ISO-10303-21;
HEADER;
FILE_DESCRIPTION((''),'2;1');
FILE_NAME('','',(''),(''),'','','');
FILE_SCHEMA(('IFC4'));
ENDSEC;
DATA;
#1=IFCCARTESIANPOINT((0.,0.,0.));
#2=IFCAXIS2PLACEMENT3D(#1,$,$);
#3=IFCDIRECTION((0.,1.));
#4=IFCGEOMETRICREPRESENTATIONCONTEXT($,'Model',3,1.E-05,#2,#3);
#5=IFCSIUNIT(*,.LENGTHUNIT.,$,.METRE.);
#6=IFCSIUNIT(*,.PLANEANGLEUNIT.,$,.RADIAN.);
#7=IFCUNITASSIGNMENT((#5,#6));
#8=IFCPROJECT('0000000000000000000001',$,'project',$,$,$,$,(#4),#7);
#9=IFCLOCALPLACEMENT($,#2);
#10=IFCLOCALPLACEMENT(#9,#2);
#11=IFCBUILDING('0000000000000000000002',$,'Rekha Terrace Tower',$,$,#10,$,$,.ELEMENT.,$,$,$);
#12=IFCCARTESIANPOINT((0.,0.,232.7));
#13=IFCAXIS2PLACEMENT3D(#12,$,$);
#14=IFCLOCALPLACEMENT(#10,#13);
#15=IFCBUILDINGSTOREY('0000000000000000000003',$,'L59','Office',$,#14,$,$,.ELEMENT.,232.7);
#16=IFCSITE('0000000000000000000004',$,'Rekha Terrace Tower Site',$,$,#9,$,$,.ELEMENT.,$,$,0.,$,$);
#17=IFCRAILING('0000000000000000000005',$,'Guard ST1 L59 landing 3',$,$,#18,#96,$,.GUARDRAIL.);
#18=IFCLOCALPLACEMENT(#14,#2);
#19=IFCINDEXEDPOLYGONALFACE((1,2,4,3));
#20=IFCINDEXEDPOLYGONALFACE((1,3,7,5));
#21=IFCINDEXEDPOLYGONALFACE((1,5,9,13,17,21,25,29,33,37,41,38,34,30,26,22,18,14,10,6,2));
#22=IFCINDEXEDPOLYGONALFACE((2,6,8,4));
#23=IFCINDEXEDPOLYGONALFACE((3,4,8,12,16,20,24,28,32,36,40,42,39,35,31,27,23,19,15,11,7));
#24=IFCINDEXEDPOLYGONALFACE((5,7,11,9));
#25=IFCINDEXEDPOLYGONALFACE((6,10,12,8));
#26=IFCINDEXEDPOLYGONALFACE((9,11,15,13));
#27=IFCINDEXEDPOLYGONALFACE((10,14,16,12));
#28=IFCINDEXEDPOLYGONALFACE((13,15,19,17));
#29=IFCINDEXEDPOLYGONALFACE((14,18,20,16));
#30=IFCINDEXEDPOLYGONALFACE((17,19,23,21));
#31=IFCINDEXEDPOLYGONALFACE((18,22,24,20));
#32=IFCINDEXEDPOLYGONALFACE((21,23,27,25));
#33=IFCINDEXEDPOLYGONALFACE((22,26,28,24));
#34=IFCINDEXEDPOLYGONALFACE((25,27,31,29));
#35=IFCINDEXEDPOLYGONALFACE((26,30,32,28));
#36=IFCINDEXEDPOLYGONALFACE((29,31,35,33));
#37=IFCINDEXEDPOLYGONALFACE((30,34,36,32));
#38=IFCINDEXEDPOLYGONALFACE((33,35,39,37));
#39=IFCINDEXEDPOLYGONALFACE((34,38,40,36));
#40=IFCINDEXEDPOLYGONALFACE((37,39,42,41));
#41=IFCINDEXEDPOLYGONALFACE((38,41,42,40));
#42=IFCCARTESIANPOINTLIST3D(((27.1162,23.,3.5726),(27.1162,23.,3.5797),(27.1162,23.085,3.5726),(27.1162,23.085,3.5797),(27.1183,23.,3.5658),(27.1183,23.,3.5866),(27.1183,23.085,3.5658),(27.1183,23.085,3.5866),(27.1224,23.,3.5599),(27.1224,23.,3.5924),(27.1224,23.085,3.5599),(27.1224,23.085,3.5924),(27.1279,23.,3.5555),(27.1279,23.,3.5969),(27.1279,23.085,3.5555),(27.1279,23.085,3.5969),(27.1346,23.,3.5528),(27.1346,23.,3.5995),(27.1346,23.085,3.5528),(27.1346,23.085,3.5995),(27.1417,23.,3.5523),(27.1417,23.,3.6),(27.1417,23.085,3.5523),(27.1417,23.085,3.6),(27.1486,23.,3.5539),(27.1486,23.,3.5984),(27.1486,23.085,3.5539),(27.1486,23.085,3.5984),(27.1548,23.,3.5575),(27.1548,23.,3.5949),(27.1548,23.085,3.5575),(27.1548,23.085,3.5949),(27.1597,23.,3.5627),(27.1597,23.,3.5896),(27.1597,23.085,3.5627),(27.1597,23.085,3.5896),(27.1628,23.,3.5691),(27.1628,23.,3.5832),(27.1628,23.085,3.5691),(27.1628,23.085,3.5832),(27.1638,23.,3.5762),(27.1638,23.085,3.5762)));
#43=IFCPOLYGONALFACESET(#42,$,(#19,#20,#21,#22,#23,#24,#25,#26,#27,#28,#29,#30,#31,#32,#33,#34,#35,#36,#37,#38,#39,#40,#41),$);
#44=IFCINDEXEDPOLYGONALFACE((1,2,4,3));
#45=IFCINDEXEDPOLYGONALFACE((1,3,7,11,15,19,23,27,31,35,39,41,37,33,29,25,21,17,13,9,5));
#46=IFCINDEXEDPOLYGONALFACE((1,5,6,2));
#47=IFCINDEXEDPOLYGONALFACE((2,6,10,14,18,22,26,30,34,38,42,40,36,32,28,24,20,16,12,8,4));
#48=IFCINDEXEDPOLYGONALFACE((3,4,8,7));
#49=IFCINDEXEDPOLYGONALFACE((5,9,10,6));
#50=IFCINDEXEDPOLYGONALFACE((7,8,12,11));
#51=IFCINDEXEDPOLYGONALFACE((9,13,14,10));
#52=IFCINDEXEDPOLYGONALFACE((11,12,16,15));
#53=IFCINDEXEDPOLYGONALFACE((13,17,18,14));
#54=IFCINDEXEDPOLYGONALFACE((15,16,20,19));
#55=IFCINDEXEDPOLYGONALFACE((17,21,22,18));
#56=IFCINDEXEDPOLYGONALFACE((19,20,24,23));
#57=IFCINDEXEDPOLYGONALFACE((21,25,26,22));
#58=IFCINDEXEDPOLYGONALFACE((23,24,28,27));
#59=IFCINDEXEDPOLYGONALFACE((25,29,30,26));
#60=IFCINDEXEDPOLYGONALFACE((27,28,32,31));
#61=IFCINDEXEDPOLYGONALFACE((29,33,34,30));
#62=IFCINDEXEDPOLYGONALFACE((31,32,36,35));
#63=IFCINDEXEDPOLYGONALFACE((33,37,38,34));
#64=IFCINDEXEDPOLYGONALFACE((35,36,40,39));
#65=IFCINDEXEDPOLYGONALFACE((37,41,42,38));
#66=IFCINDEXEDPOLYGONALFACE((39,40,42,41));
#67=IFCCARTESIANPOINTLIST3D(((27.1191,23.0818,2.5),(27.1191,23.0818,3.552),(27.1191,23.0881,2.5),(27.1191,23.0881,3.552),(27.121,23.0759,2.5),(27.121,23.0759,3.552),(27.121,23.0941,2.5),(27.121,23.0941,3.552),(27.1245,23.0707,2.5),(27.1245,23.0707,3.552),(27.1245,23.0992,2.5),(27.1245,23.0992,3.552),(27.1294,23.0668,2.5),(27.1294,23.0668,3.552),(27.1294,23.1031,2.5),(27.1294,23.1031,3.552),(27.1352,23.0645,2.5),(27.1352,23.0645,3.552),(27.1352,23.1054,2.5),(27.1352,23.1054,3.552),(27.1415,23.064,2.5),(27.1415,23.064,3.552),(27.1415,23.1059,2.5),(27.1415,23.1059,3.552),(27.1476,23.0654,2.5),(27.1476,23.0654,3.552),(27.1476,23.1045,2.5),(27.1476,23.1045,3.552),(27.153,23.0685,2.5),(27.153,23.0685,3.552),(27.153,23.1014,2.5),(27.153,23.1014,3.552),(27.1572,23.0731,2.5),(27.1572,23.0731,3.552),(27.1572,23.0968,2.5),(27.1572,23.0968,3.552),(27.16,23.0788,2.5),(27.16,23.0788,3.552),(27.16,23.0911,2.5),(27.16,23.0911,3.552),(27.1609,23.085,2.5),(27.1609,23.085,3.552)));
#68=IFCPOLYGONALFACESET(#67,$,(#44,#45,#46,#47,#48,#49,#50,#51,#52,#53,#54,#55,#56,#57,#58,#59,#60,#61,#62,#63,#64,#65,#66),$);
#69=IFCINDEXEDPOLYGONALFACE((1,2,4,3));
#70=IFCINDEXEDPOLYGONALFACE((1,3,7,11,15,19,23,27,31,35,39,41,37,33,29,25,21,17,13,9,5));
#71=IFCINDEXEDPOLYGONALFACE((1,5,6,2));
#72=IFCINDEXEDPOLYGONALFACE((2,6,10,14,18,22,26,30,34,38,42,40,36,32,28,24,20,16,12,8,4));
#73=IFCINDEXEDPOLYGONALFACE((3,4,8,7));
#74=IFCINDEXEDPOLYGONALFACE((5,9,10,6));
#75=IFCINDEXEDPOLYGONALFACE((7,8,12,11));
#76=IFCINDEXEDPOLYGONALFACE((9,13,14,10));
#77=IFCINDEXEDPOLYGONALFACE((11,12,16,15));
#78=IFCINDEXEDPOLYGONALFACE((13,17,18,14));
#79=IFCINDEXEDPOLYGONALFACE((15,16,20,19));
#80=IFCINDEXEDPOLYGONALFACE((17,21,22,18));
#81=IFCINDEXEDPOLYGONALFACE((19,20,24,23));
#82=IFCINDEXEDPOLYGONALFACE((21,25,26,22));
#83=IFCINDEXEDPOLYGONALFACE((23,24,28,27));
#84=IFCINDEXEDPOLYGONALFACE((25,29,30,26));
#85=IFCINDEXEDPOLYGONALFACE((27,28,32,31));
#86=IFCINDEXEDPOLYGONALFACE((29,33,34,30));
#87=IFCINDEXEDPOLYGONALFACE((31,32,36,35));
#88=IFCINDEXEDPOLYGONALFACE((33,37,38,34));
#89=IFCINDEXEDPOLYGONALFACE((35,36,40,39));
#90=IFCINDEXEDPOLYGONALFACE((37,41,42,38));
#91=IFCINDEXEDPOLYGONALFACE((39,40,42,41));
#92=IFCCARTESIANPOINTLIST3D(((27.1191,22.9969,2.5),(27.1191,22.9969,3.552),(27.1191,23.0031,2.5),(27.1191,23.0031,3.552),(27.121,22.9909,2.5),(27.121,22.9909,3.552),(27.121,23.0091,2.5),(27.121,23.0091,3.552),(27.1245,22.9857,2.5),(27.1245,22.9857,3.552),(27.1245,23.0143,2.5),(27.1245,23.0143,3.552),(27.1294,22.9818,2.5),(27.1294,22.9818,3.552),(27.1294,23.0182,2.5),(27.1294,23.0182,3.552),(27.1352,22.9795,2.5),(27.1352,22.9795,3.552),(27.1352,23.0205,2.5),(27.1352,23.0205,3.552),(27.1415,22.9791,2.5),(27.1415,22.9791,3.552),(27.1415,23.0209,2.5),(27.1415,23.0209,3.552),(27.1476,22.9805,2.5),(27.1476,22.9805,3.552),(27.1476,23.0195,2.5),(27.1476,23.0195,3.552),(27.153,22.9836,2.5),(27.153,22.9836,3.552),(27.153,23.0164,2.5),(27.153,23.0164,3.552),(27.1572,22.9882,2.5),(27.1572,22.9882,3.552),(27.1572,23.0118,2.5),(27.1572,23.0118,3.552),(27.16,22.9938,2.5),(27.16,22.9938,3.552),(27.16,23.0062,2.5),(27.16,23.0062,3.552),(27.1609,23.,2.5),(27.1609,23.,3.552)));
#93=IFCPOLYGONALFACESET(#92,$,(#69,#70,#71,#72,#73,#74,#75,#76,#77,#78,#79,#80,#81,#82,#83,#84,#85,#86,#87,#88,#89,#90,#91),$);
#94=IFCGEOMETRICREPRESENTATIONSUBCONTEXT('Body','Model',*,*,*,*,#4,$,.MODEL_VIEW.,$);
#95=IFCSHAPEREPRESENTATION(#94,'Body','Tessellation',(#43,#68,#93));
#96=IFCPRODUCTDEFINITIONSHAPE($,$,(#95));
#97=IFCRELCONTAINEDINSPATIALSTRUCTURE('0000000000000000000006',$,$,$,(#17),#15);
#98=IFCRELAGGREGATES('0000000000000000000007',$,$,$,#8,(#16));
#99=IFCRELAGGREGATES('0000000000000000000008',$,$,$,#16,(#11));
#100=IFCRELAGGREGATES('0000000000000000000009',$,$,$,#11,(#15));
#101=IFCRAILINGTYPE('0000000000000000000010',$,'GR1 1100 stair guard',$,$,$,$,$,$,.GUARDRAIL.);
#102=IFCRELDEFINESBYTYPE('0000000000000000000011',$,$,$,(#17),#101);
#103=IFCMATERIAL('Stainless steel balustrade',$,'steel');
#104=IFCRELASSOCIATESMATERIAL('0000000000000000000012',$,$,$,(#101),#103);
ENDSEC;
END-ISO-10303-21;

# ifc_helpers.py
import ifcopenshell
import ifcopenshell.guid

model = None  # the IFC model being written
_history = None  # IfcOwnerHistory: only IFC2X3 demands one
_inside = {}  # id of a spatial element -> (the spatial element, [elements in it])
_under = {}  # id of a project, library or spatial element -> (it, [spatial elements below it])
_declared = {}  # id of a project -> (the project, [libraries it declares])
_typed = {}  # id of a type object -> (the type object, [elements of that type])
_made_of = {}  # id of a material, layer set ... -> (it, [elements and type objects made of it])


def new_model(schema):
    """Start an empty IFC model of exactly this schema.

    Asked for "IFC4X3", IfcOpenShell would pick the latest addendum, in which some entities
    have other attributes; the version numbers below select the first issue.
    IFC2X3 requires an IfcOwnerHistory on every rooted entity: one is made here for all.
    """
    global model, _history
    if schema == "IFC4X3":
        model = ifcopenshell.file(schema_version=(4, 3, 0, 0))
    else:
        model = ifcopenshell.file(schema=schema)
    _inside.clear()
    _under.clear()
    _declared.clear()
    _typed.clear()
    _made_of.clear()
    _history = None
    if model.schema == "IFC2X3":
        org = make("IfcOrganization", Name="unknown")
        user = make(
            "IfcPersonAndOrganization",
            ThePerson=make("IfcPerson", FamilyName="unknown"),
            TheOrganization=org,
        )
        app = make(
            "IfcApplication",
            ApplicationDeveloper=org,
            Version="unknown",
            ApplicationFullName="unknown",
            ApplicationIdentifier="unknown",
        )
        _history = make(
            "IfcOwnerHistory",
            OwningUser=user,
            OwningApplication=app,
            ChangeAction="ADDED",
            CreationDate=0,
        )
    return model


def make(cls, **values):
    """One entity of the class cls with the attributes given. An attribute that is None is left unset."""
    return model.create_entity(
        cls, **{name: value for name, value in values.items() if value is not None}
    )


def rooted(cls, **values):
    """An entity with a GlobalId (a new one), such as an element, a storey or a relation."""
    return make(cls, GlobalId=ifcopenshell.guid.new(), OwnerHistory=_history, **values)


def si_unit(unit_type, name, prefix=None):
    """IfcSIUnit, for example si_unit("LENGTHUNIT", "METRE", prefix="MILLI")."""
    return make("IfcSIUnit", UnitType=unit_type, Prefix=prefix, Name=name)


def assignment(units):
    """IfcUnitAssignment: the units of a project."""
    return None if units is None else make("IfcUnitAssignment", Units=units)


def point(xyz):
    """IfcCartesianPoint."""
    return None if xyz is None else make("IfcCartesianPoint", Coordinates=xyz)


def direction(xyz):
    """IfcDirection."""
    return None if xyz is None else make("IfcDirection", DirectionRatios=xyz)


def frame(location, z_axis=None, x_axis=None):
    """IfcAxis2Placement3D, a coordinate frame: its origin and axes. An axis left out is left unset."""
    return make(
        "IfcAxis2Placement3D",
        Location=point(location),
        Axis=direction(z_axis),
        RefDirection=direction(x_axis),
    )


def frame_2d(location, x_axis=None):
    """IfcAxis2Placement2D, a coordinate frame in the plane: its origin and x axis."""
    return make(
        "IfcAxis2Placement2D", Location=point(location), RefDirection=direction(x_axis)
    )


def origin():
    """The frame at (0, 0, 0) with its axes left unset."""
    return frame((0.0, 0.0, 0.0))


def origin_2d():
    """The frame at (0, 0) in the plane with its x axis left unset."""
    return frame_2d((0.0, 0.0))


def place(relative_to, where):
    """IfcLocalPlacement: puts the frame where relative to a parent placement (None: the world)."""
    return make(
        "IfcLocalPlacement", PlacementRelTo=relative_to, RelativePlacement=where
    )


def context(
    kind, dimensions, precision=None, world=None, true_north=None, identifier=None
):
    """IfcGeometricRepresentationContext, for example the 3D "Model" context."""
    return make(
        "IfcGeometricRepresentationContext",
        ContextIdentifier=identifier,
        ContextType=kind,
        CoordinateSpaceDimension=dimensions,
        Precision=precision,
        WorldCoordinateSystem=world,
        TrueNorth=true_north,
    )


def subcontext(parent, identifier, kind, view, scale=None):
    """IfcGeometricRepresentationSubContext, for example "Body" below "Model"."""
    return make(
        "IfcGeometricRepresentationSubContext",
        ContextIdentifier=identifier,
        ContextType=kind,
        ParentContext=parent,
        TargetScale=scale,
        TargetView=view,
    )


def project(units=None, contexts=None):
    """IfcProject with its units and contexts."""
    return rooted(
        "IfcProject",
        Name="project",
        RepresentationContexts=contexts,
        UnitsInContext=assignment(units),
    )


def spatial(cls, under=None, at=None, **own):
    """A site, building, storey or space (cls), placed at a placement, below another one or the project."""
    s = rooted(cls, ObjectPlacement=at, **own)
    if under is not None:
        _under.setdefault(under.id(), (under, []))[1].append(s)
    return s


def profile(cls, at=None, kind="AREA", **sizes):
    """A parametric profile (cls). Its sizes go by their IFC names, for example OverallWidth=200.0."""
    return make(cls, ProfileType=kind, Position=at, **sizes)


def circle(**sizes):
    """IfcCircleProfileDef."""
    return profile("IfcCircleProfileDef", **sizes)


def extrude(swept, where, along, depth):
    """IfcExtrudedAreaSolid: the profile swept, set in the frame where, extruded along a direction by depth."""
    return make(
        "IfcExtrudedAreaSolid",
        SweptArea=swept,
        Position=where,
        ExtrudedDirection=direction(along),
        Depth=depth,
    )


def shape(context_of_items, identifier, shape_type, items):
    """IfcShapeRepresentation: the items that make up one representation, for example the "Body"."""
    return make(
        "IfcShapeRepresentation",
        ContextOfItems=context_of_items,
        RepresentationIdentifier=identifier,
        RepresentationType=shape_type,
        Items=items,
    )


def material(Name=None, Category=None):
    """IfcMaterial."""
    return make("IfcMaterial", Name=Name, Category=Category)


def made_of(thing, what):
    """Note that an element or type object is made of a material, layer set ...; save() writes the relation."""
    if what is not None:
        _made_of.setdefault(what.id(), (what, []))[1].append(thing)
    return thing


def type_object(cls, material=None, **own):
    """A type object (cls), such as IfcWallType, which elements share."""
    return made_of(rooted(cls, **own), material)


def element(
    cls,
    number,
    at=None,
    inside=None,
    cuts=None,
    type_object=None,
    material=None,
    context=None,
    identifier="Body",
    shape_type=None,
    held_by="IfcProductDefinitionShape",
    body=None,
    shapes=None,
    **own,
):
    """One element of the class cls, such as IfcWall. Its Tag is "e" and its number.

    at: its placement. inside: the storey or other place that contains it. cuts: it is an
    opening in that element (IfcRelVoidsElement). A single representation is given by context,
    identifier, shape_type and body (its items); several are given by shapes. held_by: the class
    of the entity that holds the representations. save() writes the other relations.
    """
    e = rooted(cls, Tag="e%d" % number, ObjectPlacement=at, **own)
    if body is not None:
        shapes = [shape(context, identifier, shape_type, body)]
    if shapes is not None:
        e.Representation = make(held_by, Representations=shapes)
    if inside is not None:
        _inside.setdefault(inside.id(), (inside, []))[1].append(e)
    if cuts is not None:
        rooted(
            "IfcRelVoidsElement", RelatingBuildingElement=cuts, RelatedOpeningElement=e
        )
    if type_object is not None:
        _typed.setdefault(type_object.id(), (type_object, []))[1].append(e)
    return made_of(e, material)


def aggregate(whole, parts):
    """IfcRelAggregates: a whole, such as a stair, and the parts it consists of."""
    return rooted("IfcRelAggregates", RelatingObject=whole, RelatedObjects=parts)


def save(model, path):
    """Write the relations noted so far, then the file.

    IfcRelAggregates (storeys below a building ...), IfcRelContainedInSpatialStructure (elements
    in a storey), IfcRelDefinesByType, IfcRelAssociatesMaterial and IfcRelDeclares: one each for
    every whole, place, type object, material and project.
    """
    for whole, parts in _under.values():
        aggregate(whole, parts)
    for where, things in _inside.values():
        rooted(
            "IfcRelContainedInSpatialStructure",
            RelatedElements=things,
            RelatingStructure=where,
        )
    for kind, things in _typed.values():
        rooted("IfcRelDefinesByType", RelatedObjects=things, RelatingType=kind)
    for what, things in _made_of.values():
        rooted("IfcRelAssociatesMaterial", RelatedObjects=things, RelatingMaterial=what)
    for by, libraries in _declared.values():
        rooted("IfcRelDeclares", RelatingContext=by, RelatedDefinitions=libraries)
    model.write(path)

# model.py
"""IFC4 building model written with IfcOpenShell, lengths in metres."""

from ifc_helpers import new_model, si_unit, direction, frame, origin, origin_2d, place, context, subcontext, project, spatial, circle, extrude, material, type_object, element, save


model = new_model("IFC4")

# Units and contexts
model_context = context("Model", 3, precision=1e-05, world=origin(), true_north=direction((0.0, 1.0)))
body_context = subcontext(model_context, "Body", "Model", "MODEL_VIEW")
ifc_project = project(units=[si_unit("LENGTHUNIT", "METRE"), si_unit("PLANEANGLEUNIT", "RADIAN")], contexts=[model_context])

# Site, building, storey
site_placement = place(None, origin())
site = spatial("IfcSite", under=ifc_project, at=site_placement, Name="Rekha Terrace Tower Site", CompositionType="ELEMENT", RefElevation=0.0)
building_placement = place(site_placement, origin())
building = spatial("IfcBuilding", under=site, at=building_placement, Name="Rekha Terrace Tower", CompositionType="ELEMENT")
storey_placement = place(building_placement, frame((0.0, 0.0, 232.7)))
storey = spatial("IfcBuildingStorey", under=building, at=storey_placement, Name="L59", Description="Office", CompositionType="ELEMENT", Elevation=232.7)

# Railing
ifc_material_1 = material(Name="Stainless steel balustrade", Category="steel")
railing_type_1 = type_object("IfcRailingType", Name="GR1 1100 stair guard", PredefinedType="GUARDRAIL", material=ifc_material_1)
railing_1_placement = place(storey_placement, frame((27.1399, 23.085, 2.5)))
element("IfcRailing", 1, at=railing_1_placement, inside=storey, type_object=railing_type_1, Name="Guard ST1 L59 landing 3", PredefinedType="GUARDRAIL", context=body_context, shape_type="SweptSolid", body=[
    extrude(circle(Radius=0.0239, at=origin_2d()), frame((0.0, 0.0, 1.0762), z_axis=(0.0, -1.0, 0.0), x_axis=(1.0, 0.0, 0.0)), (0.0, 0.0, 1.0), 0.085),
    extrude(circle(Radius=0.021, at=origin_2d()), origin(), (0.0, 0.0, 1.0), 1.052),
    extrude(circle(Radius=0.021, at=origin_2d()), frame((0.0, -0.085, 0.0)), (0.0, 0.0, 1.0), 1.052),
])

save(model, "model.ifc")
